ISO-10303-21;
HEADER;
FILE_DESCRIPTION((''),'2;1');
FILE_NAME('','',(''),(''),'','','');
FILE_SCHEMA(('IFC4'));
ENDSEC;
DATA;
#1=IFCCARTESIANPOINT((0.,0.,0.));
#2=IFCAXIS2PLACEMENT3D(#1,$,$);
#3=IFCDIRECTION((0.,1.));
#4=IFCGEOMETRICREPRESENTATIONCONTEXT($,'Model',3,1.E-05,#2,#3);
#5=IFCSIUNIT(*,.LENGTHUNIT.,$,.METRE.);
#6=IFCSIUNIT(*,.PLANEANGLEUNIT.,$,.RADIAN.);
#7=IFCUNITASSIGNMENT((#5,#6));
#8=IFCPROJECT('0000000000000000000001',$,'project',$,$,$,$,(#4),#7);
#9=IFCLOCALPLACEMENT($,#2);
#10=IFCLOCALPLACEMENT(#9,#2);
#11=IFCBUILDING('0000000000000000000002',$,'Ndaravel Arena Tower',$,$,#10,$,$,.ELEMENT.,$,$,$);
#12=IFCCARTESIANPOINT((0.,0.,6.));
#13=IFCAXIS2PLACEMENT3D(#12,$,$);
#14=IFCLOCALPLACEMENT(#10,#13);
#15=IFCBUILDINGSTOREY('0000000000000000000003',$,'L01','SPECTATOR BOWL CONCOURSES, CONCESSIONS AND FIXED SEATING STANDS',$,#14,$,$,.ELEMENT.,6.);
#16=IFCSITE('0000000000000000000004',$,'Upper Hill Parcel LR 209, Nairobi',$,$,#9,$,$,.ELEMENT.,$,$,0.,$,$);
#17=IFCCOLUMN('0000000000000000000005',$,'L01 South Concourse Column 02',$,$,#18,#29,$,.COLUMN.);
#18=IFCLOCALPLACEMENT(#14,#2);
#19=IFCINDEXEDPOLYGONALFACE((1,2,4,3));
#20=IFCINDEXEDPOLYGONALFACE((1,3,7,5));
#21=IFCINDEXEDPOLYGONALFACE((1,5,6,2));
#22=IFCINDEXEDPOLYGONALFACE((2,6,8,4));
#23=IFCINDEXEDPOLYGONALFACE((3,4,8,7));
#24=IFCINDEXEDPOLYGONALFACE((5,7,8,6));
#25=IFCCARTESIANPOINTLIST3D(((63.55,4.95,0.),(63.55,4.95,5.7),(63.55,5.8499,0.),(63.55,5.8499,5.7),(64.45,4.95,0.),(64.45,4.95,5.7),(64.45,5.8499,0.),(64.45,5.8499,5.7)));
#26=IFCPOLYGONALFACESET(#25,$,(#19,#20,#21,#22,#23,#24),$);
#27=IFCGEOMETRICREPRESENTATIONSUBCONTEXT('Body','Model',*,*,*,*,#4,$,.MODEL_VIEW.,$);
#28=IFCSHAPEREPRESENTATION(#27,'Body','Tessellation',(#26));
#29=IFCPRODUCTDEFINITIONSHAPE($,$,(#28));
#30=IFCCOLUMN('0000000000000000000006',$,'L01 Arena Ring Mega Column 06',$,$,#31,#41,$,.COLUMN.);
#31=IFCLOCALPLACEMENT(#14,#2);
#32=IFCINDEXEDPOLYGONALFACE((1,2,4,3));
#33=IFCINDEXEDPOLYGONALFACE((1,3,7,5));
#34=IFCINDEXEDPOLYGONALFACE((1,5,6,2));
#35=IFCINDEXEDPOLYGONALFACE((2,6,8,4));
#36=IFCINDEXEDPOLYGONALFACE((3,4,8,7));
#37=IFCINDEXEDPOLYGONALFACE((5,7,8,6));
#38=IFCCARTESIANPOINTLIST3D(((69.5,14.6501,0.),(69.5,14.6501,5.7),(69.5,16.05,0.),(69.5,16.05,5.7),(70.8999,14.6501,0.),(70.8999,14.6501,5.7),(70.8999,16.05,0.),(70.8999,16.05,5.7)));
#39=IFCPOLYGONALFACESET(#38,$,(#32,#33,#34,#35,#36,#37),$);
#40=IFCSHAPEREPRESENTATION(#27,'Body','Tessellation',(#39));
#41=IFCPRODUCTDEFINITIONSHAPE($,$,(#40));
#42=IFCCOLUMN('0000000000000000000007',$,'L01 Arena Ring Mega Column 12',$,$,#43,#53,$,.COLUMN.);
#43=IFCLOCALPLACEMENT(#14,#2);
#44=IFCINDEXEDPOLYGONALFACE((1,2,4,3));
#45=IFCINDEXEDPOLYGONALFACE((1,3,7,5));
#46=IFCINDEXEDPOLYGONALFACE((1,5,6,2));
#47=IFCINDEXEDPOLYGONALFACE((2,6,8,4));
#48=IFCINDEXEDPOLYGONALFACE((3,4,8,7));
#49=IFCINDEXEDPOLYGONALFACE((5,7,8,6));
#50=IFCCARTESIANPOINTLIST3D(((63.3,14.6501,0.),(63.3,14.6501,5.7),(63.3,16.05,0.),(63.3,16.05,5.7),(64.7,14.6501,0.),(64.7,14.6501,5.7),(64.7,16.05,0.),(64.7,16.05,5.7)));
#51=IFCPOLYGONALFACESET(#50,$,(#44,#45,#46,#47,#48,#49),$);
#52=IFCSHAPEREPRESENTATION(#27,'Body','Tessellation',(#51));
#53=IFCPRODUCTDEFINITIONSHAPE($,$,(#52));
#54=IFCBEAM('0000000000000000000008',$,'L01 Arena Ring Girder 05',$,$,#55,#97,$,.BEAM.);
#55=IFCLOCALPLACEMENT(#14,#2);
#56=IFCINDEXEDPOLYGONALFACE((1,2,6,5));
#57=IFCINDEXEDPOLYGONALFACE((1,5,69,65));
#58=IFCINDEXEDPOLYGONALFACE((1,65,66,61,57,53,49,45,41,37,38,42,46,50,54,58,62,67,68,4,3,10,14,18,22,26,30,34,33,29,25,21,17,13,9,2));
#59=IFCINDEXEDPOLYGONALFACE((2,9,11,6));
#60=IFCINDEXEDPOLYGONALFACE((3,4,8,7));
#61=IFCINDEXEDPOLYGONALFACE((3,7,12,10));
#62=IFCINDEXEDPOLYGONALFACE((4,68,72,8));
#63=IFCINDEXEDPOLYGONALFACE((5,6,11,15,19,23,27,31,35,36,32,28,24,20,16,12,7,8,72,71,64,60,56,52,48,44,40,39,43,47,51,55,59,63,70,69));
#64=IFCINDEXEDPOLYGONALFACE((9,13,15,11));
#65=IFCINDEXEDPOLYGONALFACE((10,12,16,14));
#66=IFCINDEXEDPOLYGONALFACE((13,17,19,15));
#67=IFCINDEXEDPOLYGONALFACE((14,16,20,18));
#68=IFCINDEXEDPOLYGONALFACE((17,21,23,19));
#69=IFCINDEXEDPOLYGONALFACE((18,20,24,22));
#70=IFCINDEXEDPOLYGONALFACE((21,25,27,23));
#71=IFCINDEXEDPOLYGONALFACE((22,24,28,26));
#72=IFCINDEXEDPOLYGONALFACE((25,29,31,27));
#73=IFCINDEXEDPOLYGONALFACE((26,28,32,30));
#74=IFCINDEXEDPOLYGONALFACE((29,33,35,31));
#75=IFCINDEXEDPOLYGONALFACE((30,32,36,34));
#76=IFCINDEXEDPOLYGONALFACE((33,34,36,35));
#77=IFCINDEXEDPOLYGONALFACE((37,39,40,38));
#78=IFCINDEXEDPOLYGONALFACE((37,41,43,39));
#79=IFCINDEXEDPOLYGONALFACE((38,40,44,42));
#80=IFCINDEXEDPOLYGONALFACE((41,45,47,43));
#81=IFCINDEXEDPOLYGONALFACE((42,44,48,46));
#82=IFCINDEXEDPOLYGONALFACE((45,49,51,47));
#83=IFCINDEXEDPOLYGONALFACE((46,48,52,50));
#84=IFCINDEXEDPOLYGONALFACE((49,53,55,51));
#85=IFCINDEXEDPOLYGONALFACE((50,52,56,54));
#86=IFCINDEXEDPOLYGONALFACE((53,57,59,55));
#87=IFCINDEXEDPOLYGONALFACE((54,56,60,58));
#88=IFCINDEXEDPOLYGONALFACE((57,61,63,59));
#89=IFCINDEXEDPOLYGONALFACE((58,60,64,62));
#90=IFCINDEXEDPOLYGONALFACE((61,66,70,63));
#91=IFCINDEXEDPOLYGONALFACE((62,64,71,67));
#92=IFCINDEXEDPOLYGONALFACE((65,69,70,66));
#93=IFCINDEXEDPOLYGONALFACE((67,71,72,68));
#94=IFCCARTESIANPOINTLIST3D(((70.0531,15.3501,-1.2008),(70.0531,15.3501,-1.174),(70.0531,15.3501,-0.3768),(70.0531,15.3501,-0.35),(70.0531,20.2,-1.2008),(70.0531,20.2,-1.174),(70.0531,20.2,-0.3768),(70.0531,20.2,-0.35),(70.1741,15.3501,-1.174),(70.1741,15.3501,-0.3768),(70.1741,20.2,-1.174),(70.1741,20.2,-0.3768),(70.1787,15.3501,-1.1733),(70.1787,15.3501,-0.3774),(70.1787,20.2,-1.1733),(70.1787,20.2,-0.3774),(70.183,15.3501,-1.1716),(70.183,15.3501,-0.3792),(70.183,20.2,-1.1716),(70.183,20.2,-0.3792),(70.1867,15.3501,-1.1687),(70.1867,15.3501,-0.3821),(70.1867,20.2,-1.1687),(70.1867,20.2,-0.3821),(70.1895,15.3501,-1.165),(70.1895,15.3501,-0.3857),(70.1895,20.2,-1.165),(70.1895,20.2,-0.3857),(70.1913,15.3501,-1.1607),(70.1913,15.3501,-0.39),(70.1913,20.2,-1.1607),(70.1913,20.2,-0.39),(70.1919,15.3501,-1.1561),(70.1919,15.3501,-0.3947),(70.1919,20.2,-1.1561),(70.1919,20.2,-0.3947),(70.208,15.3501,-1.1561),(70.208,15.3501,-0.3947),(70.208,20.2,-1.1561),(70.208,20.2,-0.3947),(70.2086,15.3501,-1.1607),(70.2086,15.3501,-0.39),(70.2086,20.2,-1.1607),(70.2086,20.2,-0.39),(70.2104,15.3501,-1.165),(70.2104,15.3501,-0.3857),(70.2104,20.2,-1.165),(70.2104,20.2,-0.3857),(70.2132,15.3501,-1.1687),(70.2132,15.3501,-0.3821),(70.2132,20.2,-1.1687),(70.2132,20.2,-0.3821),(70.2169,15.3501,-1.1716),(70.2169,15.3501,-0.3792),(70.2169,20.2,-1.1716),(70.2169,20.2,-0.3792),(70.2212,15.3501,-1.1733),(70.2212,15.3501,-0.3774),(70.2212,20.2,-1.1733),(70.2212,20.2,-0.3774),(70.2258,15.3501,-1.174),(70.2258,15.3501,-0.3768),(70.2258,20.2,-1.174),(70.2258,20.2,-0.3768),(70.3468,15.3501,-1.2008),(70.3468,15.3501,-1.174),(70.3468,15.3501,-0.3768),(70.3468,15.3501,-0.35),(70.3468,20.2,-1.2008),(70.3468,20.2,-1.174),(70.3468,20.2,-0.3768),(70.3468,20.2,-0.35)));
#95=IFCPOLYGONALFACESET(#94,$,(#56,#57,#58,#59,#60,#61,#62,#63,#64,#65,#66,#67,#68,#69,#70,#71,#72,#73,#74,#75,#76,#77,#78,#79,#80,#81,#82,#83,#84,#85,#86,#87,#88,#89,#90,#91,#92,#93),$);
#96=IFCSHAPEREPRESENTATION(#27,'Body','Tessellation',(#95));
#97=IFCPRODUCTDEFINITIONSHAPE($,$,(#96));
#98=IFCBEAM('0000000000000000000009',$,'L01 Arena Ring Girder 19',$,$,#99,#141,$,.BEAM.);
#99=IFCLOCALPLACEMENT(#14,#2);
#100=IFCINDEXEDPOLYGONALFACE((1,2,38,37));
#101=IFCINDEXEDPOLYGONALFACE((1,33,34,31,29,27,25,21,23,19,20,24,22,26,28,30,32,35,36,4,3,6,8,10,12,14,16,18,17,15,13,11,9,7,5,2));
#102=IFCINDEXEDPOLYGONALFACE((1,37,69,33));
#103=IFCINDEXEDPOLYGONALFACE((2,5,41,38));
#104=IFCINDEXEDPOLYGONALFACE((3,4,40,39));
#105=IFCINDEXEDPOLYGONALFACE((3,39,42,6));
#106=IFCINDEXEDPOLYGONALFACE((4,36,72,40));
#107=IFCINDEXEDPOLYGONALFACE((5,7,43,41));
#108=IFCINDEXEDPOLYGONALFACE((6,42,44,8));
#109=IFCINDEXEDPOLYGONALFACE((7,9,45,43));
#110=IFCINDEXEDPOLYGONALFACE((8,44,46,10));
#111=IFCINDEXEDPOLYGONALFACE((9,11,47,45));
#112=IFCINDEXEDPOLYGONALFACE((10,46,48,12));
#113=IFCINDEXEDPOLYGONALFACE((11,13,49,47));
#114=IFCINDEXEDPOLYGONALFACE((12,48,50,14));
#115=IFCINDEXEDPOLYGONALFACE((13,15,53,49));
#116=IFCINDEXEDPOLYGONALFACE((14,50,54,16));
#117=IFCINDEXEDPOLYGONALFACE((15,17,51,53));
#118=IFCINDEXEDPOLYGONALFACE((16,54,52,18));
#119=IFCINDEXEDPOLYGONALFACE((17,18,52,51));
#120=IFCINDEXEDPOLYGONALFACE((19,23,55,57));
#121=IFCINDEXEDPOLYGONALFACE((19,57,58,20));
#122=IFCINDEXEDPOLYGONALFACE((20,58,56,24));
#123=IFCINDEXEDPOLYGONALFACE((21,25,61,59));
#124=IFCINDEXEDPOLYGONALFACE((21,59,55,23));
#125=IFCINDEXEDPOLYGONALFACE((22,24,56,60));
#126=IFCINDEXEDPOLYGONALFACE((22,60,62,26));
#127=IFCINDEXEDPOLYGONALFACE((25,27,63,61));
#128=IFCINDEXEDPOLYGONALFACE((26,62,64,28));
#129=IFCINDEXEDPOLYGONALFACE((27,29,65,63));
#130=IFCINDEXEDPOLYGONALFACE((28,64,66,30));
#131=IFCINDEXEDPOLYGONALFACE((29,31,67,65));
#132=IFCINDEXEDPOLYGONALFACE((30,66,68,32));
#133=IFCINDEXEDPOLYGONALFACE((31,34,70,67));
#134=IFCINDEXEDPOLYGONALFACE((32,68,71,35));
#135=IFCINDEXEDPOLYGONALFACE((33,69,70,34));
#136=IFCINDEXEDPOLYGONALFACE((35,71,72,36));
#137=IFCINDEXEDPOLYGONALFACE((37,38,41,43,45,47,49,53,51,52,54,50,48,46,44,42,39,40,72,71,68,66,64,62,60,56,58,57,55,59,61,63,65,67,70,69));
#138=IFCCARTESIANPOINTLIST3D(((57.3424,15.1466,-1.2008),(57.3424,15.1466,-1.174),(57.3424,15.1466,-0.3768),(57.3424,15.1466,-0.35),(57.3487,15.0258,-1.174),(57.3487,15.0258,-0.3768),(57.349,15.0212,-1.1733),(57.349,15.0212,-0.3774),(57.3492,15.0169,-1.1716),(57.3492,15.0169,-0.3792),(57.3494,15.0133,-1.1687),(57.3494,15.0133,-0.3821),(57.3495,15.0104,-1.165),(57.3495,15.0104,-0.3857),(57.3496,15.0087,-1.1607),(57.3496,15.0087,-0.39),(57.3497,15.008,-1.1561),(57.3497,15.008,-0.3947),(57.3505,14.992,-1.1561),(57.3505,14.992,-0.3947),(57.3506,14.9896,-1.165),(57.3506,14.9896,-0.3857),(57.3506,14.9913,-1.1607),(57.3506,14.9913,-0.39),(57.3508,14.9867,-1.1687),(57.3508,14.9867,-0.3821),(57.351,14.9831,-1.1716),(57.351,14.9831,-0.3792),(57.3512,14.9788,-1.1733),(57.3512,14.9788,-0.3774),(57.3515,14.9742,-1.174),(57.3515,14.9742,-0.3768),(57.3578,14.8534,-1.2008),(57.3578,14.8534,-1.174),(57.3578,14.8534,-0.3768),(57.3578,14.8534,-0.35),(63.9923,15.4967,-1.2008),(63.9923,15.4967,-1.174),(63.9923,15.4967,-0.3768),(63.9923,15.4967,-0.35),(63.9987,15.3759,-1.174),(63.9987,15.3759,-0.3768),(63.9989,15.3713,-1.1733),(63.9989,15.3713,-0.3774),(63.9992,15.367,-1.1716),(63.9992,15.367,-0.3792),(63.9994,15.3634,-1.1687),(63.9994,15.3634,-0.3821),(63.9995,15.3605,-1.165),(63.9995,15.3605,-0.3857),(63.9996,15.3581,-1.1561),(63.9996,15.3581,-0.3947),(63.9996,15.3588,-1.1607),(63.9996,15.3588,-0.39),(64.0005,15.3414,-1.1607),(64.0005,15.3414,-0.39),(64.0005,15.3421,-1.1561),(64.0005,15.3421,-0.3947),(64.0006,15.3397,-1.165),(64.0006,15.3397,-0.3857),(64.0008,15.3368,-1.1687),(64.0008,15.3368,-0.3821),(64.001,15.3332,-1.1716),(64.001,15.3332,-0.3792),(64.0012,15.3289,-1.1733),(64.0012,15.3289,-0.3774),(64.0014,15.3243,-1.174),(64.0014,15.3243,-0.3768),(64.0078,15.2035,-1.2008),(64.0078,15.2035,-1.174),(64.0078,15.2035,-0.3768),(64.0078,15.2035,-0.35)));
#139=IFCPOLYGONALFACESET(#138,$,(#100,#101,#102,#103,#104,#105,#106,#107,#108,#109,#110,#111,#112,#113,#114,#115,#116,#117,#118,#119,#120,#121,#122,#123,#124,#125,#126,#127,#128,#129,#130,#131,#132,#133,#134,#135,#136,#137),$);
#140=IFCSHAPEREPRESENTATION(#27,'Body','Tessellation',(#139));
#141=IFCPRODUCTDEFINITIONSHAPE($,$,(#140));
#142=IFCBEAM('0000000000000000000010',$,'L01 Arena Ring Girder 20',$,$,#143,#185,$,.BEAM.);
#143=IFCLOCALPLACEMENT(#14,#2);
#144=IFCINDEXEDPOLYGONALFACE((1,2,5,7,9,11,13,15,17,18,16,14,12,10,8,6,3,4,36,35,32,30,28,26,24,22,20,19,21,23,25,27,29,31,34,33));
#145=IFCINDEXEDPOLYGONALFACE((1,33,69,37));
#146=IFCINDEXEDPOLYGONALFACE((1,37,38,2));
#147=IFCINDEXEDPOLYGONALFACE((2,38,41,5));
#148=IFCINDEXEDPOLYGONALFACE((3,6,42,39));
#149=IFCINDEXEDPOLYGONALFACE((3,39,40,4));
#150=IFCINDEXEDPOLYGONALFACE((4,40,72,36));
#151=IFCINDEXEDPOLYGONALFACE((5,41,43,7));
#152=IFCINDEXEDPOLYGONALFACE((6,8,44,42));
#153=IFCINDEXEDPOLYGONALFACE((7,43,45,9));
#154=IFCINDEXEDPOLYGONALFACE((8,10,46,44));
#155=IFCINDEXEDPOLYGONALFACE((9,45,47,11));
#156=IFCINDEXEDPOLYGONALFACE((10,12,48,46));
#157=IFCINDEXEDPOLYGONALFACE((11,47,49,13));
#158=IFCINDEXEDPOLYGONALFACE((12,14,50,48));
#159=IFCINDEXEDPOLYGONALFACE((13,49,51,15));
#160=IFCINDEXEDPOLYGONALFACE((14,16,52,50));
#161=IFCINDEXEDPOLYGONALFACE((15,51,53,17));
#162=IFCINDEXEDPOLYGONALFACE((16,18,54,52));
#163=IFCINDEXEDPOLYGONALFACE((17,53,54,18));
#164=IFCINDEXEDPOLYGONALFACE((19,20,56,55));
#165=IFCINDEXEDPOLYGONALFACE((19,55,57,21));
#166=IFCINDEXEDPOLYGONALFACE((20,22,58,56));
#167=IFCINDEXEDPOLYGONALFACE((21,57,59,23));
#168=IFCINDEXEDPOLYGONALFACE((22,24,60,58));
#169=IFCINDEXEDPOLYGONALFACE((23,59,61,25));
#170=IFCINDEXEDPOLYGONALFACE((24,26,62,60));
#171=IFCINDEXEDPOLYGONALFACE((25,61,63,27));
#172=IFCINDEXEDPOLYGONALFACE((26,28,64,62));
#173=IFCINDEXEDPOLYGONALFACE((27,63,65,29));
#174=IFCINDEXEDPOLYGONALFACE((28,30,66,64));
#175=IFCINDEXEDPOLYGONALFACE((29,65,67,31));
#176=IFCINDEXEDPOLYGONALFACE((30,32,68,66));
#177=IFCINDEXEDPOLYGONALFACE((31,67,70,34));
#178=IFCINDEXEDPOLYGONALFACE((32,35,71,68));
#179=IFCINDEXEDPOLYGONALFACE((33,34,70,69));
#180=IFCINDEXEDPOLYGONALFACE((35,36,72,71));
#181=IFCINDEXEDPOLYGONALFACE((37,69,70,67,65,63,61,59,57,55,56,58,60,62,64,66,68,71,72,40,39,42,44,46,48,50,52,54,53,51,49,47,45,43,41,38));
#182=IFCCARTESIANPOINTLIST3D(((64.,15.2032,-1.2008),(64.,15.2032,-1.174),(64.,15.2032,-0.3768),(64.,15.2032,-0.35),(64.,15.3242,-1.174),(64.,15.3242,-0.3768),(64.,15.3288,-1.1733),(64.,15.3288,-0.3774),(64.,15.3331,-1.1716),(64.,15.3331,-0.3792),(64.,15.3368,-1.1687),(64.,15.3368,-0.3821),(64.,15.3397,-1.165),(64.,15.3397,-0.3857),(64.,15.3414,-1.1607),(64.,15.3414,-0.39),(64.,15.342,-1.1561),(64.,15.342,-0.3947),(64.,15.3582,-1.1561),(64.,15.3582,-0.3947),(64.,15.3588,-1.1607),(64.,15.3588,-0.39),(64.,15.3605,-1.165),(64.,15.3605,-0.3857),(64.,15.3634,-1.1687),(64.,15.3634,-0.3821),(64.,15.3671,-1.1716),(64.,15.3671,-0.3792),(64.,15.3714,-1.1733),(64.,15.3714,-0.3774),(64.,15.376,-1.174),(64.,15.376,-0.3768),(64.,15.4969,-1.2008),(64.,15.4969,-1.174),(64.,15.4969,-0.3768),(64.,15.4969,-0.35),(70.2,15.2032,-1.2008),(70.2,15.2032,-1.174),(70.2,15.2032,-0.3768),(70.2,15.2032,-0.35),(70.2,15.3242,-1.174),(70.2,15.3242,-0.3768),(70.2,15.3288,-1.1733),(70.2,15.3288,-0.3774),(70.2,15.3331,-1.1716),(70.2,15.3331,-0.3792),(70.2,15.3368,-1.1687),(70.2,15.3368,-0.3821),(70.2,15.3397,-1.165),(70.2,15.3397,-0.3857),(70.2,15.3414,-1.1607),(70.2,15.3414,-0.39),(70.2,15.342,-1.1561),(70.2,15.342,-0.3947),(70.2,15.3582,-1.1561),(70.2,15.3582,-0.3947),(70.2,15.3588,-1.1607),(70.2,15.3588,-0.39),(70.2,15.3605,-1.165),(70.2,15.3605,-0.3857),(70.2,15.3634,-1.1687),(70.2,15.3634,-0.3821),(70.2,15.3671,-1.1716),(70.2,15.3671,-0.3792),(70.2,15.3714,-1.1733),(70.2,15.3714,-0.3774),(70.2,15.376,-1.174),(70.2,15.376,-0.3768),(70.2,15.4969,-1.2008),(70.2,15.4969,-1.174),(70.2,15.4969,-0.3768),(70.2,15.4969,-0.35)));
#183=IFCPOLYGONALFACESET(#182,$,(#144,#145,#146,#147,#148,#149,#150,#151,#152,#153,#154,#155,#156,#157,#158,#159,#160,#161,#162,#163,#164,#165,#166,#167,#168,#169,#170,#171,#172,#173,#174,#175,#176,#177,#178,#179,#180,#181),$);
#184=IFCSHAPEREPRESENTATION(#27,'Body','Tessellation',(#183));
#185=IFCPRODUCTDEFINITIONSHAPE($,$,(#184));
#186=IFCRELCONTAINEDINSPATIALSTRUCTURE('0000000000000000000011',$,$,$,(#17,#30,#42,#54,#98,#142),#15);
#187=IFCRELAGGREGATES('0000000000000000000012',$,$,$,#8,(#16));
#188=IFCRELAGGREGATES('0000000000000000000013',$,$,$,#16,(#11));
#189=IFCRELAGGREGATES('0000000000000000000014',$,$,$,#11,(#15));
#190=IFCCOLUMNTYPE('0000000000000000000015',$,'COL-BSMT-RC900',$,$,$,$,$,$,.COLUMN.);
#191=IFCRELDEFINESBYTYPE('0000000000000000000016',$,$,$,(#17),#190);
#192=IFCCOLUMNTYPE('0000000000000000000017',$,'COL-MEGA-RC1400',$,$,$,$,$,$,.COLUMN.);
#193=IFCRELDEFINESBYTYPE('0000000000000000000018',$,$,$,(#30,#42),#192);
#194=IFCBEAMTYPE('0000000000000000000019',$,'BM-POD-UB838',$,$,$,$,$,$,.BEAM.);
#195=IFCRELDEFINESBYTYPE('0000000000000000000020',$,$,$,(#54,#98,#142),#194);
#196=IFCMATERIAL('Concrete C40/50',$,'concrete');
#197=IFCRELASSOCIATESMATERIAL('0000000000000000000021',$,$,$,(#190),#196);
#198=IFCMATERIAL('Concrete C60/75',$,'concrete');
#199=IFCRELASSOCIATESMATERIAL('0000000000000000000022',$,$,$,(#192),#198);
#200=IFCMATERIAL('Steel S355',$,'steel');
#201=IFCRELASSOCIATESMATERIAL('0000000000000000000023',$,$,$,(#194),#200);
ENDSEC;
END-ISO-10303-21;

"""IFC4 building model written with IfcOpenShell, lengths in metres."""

from ifc_helpers import new_model, si_unit, direction, frame, origin, origin_2d, place, context, subcontext, project, spatial, rectangle, i_section, extrude, material, material_profile, profile_set, type_object, element, save


model = new_model("IFC4")

# Units and contexts
model_context = context("Model", 3, precision=1e-05, world=origin(), true_north=direction((0.0, 1.0)))
body_context = subcontext(model_context, "Body", "Model", "MODEL_VIEW")
ifc_project = project(units=[si_unit("LENGTHUNIT", "METRE"), si_unit("PLANEANGLEUNIT", "RADIAN")], contexts=[model_context])

# Site, building, storey
site_placement = place(None, origin())
site = spatial("IfcSite", under=ifc_project, at=site_placement, Name="Upper Hill Parcel LR 209, Nairobi", CompositionType="ELEMENT", RefElevation=0.0)
building_placement = place(site_placement, origin())
building = spatial("IfcBuilding", under=site, at=building_placement, Name="Ndaravel Arena Tower", CompositionType="ELEMENT")
storey_placement = place(building_placement, frame((0.0, 0.0, 6.0)))
storey = spatial("IfcBuildingStorey", under=building, at=storey_placement, Name="L01", Description="SPECTATOR BOWL CONCOURSES, CONCESSIONS AND FIXED SEATING STANDS", CompositionType="ELEMENT", Elevation=6.0)

# Columns
ifc_material_1 = material(Name="Concrete C40/50", Category="concrete")
ifc_material_profile_1 = material_profile(ifc_material_1, rectangle(XDim=0.8999, YDim=0.8999, at=origin_2d()), Name="RC 900x900")
ifc_profile_set_1 = profile_set([ifc_material_profile_1], Name="Concrete C40/50")
column_type_1 = type_object("IfcColumnType", Name="COL-BSMT-RC900", PredefinedType="COLUMN", material=ifc_profile_set_1)
column_placement = place(storey_placement, frame((64.0, 5.3999, 0.0), z_axis=(0.0, 0.0, 1.0), x_axis=(1.0, 0.0, 0.0)))
element("IfcColumn", 1, at=column_placement, inside=storey, type_object=column_type_1, Name="L01 South Concourse Column 02", PredefinedType="COLUMN", context=body_context, shape_type="SweptSolid", body=[
    extrude(rectangle(XDim=0.8999, YDim=0.8999, at=origin_2d()), origin(), (0.0, 0.0, 1.0), 5.7),
])
ifc_material_2 = material(Name="Concrete C60/75", Category="concrete")
ifc_material_profile_2 = material_profile(ifc_material_2, rectangle(XDim=1.3999, YDim=1.3999, at=origin_2d()), Name="RC 1400x1400")
ifc_profile_set_2 = profile_set([ifc_material_profile_2], Name="Concrete C60/75")
column_type_2 = type_object("IfcColumnType", Name="COL-MEGA-RC1400", PredefinedType="COLUMN", material=ifc_profile_set_2)
for number, where, z_axis, x_axis, name in (
    (2, (70.2, 15.3501, 0.0), (0.0, 0.0, 1.0), (1.0, 0.0, 0.0), "L01 Arena Ring Mega Column 06"),
    (3, (64.0, 15.3501, 0.0), (0.0, 0.0, 1.0), (1.0, 0.0, 0.0), "L01 Arena Ring Mega Column 12"),
):
    element("IfcColumn", number, at=place(storey_placement, frame(where, z_axis=z_axis, x_axis=x_axis)), inside=storey, type_object=column_type_2, Name=name, PredefinedType="COLUMN", context=body_context, shape_type="SweptSolid", body=[
        extrude(rectangle(XDim=1.3999, YDim=1.3999, at=origin_2d()), origin(), (0.0, 0.0, 1.0), 5.7),
    ])

# Beams
ifc_material_3 = material(Name="Steel S355", Category="steel")
ifc_material_profile_3 = material_profile(ifc_material_3, i_section(OverallWidth=0.2937, OverallDepth=0.8508, WebThickness=0.0161, FlangeThickness=0.0269, FilletRadius=0.0178, at=origin_2d()), Name="UB 838x292x226")
ifc_profile_set_3 = profile_set([ifc_material_profile_3], Name="Steel S355")
beam_type = type_object("IfcBeamType", Name="BM-POD-UB838", PredefinedType="BEAM", material=ifc_profile_set_3)
beam_1_placement = place(storey_placement, frame((70.2, 15.3501, -0.7754), z_axis=(0.0, 1.0, 0.0), x_axis=(-1.0, 0.0, 0.0)))
element("IfcBeam", 4, at=beam_1_placement, inside=storey, type_object=beam_type, Name="L01 Arena Ring Girder 05", PredefinedType="BEAM", context=body_context, shape_type="SweptSolid", body=[
    extrude(i_section(OverallWidth=0.2937, OverallDepth=0.8508, WebThickness=0.0161, FlangeThickness=0.0269, FilletRadius=0.0178, at=origin_2d()), origin(), (0.0, 0.0, 1.0), 4.8499),
])
beam_2_placement = place(storey_placement, frame((57.3501, 15.0, -0.7754), z_axis=(0.998617, 0.052574, 0.0), x_axis=(-0.052574, 0.998617, 0.0)))
element("IfcBeam", 5, at=beam_2_placement, inside=storey, type_object=beam_type, Name="L01 Arena Ring Girder 19", PredefinedType="BEAM", context=body_context, shape_type="SweptSolid", body=[
    extrude(i_section(OverallWidth=0.2937, OverallDepth=0.8508, WebThickness=0.0161, FlangeThickness=0.0269, FilletRadius=0.0178, at=origin_2d()), origin(), (0.0, 0.0, 1.0), 6.6592),
])
beam_3_placement = place(storey_placement, frame((64.0, 15.3501, -0.7754), z_axis=(1.0, 0.0, 0.0), x_axis=(0.0, 1.0, 0.0)))
element("IfcBeam", 6, at=beam_3_placement, inside=storey, type_object=beam_type, Name="L01 Arena Ring Girder 20", PredefinedType="BEAM", context=body_context, shape_type="SweptSolid", body=[
    extrude(i_section(OverallWidth=0.2937, OverallDepth=0.8508, WebThickness=0.0161, FlangeThickness=0.0269, FilletRadius=0.0178, at=origin_2d()), origin(), (0.0, 0.0, 1.0), 6.2),
])

save(model, "model.ifc")
